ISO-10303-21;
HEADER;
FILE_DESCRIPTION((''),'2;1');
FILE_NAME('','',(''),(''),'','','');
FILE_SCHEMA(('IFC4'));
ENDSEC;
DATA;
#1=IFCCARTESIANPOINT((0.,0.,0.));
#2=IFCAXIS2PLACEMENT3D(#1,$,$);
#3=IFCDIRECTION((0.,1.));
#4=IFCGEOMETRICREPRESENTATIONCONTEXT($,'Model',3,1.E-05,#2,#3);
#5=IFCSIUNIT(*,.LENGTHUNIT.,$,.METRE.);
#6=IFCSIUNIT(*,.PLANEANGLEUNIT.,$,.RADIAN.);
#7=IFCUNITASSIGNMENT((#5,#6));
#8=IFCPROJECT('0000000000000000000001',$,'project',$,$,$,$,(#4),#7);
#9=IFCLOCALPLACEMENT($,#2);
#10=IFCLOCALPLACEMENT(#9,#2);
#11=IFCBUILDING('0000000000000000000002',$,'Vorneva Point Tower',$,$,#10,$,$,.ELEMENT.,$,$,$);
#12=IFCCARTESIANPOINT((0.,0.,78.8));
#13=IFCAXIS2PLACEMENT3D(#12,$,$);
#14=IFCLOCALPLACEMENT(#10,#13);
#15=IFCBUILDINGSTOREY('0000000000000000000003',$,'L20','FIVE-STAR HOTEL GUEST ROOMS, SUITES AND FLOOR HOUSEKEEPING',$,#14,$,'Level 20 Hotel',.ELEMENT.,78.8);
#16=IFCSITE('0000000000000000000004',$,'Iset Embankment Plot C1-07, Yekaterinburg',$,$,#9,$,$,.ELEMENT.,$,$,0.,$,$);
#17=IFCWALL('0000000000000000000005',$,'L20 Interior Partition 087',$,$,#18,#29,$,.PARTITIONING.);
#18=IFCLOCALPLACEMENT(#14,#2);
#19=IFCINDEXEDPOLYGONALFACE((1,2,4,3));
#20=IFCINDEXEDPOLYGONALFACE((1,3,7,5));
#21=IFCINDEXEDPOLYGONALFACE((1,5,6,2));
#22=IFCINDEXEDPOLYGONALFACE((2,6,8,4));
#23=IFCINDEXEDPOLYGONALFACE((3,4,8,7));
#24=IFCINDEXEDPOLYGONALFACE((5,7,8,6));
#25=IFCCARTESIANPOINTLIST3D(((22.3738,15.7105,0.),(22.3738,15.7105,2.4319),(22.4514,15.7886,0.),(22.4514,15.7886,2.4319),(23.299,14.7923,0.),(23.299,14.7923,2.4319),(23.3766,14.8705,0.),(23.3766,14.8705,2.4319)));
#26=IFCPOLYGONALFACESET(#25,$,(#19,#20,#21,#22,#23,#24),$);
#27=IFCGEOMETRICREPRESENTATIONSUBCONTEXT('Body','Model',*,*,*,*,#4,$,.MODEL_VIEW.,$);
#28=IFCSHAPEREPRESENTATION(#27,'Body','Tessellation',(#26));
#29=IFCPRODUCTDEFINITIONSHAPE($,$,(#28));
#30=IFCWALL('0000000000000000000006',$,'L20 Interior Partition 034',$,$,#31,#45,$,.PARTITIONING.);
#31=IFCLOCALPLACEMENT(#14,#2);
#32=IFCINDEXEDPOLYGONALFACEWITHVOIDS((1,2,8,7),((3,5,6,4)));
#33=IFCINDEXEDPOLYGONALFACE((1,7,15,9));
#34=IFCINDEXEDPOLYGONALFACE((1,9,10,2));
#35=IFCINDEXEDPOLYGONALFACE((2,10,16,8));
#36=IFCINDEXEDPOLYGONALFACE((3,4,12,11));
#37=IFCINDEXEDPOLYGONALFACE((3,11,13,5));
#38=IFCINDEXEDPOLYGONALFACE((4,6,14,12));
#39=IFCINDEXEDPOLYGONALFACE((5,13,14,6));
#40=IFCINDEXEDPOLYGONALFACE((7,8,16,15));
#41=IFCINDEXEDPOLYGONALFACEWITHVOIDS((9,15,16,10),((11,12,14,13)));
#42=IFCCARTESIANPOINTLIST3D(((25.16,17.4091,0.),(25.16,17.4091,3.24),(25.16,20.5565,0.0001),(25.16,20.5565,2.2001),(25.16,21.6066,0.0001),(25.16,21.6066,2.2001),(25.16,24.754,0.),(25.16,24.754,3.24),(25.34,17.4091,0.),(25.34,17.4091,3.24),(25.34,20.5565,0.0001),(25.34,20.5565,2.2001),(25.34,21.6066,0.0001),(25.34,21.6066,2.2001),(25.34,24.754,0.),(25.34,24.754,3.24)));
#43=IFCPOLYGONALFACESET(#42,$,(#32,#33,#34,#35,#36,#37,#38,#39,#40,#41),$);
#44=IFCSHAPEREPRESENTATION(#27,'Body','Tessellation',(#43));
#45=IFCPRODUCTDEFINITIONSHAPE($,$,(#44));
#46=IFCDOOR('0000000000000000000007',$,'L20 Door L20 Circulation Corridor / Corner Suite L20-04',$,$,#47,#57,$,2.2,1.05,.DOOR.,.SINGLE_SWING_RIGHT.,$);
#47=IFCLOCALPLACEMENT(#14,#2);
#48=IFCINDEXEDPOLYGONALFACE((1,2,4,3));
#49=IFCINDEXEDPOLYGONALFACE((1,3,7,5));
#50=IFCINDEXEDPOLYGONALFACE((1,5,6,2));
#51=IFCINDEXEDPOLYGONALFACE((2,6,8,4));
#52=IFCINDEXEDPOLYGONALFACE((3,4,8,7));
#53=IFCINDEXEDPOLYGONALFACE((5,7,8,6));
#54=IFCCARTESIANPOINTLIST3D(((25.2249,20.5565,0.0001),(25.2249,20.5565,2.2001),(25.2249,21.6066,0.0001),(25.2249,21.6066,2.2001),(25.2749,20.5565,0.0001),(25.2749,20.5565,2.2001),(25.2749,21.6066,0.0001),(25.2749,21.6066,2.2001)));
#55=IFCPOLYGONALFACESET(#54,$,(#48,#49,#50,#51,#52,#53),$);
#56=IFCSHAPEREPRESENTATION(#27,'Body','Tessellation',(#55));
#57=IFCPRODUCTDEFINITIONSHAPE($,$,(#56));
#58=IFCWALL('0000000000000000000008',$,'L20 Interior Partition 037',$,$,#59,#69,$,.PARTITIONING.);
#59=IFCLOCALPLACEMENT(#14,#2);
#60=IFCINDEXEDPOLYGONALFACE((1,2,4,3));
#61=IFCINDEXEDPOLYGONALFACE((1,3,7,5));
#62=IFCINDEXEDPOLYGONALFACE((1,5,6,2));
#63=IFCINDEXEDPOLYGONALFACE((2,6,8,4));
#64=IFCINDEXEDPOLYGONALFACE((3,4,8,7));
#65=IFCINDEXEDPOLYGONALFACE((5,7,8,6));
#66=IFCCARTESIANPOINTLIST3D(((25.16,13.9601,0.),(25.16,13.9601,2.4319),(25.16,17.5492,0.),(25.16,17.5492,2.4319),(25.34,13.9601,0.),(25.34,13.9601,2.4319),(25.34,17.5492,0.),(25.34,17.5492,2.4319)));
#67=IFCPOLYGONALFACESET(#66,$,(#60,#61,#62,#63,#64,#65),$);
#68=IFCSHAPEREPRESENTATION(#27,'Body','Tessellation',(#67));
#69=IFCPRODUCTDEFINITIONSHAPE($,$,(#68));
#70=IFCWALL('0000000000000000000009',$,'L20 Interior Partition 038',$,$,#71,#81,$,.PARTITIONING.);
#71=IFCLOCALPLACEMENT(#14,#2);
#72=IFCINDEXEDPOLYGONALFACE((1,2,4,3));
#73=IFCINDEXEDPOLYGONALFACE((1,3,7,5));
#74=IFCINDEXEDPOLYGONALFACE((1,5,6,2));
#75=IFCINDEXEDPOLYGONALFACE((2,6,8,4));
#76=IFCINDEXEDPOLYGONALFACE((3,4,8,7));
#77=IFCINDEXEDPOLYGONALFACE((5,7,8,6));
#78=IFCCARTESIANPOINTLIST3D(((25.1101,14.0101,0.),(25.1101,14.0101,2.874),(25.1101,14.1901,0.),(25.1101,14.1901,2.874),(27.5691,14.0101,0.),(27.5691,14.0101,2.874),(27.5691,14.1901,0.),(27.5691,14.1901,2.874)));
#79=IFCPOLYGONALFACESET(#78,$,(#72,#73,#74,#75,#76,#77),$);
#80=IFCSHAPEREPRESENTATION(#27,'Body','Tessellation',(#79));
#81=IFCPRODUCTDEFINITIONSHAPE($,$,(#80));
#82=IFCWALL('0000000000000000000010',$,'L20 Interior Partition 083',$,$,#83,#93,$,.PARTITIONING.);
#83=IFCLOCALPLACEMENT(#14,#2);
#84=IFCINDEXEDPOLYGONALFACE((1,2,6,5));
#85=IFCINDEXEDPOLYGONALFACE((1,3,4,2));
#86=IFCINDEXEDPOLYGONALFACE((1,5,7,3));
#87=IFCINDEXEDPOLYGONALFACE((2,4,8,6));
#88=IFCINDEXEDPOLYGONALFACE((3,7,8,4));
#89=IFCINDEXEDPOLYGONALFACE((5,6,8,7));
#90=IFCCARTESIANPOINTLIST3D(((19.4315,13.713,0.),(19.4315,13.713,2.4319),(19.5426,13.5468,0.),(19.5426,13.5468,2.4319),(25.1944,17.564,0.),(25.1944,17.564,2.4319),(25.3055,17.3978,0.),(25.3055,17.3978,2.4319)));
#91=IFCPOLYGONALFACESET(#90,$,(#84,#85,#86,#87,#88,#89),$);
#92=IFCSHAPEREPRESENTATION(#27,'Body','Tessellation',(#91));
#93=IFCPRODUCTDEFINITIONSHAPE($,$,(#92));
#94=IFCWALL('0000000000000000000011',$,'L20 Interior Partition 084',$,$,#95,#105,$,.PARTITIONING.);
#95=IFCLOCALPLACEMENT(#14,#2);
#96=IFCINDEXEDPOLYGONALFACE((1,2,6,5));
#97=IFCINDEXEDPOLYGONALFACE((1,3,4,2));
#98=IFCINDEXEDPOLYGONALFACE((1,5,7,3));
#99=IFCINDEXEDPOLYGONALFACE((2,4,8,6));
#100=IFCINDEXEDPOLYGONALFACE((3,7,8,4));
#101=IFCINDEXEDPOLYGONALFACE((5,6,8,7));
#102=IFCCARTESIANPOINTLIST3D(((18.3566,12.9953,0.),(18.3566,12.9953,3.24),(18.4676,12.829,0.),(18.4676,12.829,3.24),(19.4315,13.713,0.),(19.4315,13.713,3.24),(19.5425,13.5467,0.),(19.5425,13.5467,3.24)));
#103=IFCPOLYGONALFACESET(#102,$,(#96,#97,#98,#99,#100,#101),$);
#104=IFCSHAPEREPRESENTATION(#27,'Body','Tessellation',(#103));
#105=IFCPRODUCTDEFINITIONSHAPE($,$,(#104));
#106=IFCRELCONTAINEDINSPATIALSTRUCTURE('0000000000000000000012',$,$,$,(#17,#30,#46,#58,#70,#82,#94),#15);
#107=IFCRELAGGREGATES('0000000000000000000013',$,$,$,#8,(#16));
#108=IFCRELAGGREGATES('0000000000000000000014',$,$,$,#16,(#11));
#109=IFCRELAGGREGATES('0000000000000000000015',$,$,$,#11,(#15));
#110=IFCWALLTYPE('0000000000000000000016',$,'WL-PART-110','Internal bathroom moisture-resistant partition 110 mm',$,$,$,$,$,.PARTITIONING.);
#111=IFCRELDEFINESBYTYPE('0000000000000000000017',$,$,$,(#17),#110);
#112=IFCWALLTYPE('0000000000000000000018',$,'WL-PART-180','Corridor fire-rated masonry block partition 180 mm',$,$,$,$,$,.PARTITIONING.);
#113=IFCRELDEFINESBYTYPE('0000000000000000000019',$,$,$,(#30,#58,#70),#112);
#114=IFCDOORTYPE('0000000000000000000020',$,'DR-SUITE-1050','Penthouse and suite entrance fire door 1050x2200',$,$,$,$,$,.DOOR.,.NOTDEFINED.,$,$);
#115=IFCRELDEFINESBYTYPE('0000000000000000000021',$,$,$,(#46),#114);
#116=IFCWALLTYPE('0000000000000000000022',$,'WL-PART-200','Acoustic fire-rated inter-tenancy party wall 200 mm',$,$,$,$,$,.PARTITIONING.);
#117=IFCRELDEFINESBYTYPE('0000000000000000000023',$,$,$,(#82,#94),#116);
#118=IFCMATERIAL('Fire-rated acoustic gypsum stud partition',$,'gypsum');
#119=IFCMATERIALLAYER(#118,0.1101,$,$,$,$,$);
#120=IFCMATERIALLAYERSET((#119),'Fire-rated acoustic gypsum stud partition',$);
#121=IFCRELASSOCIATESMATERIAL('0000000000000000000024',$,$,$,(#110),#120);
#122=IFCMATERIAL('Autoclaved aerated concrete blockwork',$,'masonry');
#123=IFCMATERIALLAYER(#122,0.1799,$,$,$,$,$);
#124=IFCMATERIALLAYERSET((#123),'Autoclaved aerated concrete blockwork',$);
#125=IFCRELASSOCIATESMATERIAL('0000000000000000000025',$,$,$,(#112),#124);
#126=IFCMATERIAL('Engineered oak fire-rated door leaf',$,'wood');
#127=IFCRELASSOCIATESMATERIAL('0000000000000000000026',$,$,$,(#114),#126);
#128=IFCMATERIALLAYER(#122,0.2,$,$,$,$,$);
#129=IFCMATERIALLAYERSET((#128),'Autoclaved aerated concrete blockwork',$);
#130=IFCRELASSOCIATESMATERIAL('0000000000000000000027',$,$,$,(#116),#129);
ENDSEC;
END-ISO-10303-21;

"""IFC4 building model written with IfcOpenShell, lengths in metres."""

from ifc_helpers import new_model, si_unit, direction, frame, frame_2d, origin, place, context, subcontext, project, spatial, rectangle, extrude, material, layer, layer_set, type_object, element, fill, save


model = new_model("IFC4")

# Units and contexts
model_context = context("Model", 3, precision=1e-05, world=origin(), true_north=direction((0.0, 1.0)))
body_context = subcontext(model_context, "Body", "Model", "MODEL_VIEW")
ifc_project = project(units=[si_unit("LENGTHUNIT", "METRE"), si_unit("PLANEANGLEUNIT", "RADIAN")], contexts=[model_context])

# Site, building, storey
site_placement = place(None, origin())
site = spatial("IfcSite", under=ifc_project, at=site_placement, Name="Iset Embankment Plot C1-07, Yekaterinburg", CompositionType="ELEMENT", RefElevation=0.0)
building_placement = place(site_placement, origin())
building = spatial("IfcBuilding", under=site, at=building_placement, Name="Vorneva Point Tower", CompositionType="ELEMENT")
storey_placement = place(building_placement, frame((0.0, 0.0, 78.8)))
storey = spatial("IfcBuildingStorey", under=building, at=storey_placement, Name="L20", Description="FIVE-STAR HOTEL GUEST ROOMS, SUITES AND FLOOR HOUSEKEEPING", LongName="Level 20 Hotel", CompositionType="ELEMENT", Elevation=78.8)

# Shared definitions
ifc_material_1 = material(Name="Fire-rated acoustic gypsum stud partition", Category="gypsum")
ifc_layer_1 = layer(ifc_material_1, 0.1101)
ifc_layer_set_1 = layer_set([ifc_layer_1], Name="Fire-rated acoustic gypsum stud partition")
wall_type_1 = type_object("IfcWallType", Name="WL-PART-110", Description="Internal bathroom moisture-resistant partition 110 mm", PredefinedType="PARTITIONING", material=ifc_layer_set_1)
ifc_material_2 = material(Name="Engineered oak fire-rated door leaf", Category="wood")

# Wall
wall_1_placement = place(storey_placement, frame((23.3379, 14.8313, 0.0), z_axis=(0.0, 0.0, 1.0), x_axis=(-0.709817, 0.704386, 0.0)))
element("IfcWall", 1, at=wall_1_placement, inside=storey, type_object=wall_type_1, Name="L20 Interior Partition 087", PredefinedType="PARTITIONING", context=body_context, shape_type="SweptSolid", body=[
    extrude(rectangle(XDim=1.3035, YDim=0.1101, at=frame_2d((0.6519, 0.0))), origin(), (0.0, 0.0, 1.0), 2.4319),
])

# Wall, opening, door
ifc_material_3 = material(Name="Autoclaved aerated concrete blockwork", Category="masonry")
ifc_layer_2 = layer(ifc_material_3, 0.1799)
ifc_layer_set_2 = layer_set([ifc_layer_2], Name="Autoclaved aerated concrete blockwork")
wall_type_2 = type_object("IfcWallType", Name="WL-PART-180", Description="Corridor fire-rated masonry block partition 180 mm", PredefinedType="PARTITIONING", material=ifc_layer_set_2)
wall_2_placement = place(storey_placement, frame((25.25, 24.7539, 0.0), z_axis=(0.0, 0.0, 1.0), x_axis=(0.0, -1.0, 0.0)))
wall_2 = element("IfcWall", 2, at=wall_2_placement, inside=storey, type_object=wall_type_2, Name="L20 Interior Partition 034", PredefinedType="PARTITIONING", context=body_context, shape_type="SweptSolid", body=[
    extrude(rectangle(XDim=7.345, YDim=0.1799, at=frame_2d((3.6724, 0.0))), origin(), (0.0, 0.0, 1.0), 3.24),
])
opening_1_placement = place(wall_2_placement, frame((3.1475, 0.0, 0.0)))
opening_1 = element("IfcOpeningElement", 3, at=opening_1_placement, cuts=wall_2, PredefinedType="OPENING", context=body_context, shape_type="SweptSolid", body=[
    extrude(rectangle(XDim=1.05, YDim=2.2, at=frame_2d((0.5249, 1.1001))), frame((0.0, 0.105, 0.0), z_axis=(0.0, -1.0, 0.0), x_axis=(1.0, 0.0, 0.0)), (0.0, 0.0, 1.0), 0.2097),
])
door_type_1 = type_object("IfcDoorType", Name="DR-SUITE-1050", Description="Penthouse and suite entrance fire door 1050x2200", OperationType="NOTDEFINED", PredefinedType="DOOR", material=ifc_material_2)
door_1_placement = place(opening_1_placement, origin())
door_1 = element("IfcDoor", 4, at=door_1_placement, inside=storey, type_object=door_type_1, Name="L20 Door L20 Circulation Corridor / Corner Suite L20-04", OperationType="SINGLE_SWING_RIGHT", OverallHeight=2.2, OverallWidth=1.05, PredefinedType="DOOR", context=body_context, shape_type="SweptSolid", body=[
    extrude(rectangle(XDim=1.05, YDim=2.2, at=frame_2d((0.5249, 1.1001))), frame((0.0, 0.0249, 0.0), z_axis=(0.0, -1.0, 0.0), x_axis=(1.0, 0.0, 0.0)), (0.0, 0.0, 1.0), 0.05),
])
fill(opening_1, door_1)

# Walls
wall_3_placement = place(storey_placement, frame((25.25, 17.5491, 0.0), z_axis=(0.0, 0.0, 1.0), x_axis=(0.0, -1.0, 0.0)))
element("IfcWall", 5, at=wall_3_placement, inside=storey, type_object=wall_type_2, Name="L20 Interior Partition 037", PredefinedType="PARTITIONING", context=body_context, shape_type="SweptSolid", body=[
    extrude(rectangle(XDim=3.5891, YDim=0.1799, at=frame_2d((1.7944, 0.0))), origin(), (0.0, 0.0, 1.0), 2.4319),
])
wall_4_placement = place(storey_placement, frame((25.1101, 14.1001, 0.0), z_axis=(0.0, 0.0, 1.0), x_axis=(1.0, 0.0, 0.0)))
element("IfcWall", 6, at=wall_4_placement, inside=storey, type_object=wall_type_2, Name="L20 Interior Partition 038", PredefinedType="PARTITIONING", context=body_context, shape_type="SweptSolid", body=[
    extrude(rectangle(XDim=2.459, YDim=0.1799, at=frame_2d((1.2295, 0.0))), origin(), (0.0, 0.0, 1.0), 2.874),
])
ifc_layer_3 = layer(ifc_material_3, 0.2)
ifc_layer_set_3 = layer_set([ifc_layer_3], Name="Autoclaved aerated concrete blockwork")
wall_type_3 = type_object("IfcWallType", Name="WL-PART-200", Description="Acoustic fire-rated inter-tenancy party wall 200 mm", PredefinedType="PARTITIONING", material=ifc_layer_set_3)
wall_5_placement = place(storey_placement, frame((19.4871, 13.6299, 0.0), z_axis=(0.0, 0.0, 1.0), x_axis=(0.831443, 0.55561, 0.0)))
element("IfcWall", 7, at=wall_5_placement, inside=storey, type_object=wall_type_3, Name="L20 Interior Partition 083", PredefinedType="PARTITIONING", context=body_context, shape_type="SweptSolid", body=[
    extrude(rectangle(XDim=6.9312, YDim=0.2, at=frame_2d((3.4656, 0.0))), origin(), (0.0, 0.0, 1.0), 2.4319),
])
wall_6_placement = place(storey_placement, frame((18.4121, 12.9121, 0.0), z_axis=(0.0, 0.0, 1.0), x_axis=(0.831643, 0.55531, 0.0)))
element("IfcWall", 8, at=wall_6_placement, inside=storey, type_object=wall_type_3, Name="L20 Interior Partition 084", PredefinedType="PARTITIONING", context=body_context, shape_type="SweptSolid", body=[
    extrude(rectangle(XDim=1.2925, YDim=0.2, at=frame_2d((0.6462, 0.0))), origin(), (0.0, 0.0, 1.0), 3.24),
])

save(model, "model.ifc")
